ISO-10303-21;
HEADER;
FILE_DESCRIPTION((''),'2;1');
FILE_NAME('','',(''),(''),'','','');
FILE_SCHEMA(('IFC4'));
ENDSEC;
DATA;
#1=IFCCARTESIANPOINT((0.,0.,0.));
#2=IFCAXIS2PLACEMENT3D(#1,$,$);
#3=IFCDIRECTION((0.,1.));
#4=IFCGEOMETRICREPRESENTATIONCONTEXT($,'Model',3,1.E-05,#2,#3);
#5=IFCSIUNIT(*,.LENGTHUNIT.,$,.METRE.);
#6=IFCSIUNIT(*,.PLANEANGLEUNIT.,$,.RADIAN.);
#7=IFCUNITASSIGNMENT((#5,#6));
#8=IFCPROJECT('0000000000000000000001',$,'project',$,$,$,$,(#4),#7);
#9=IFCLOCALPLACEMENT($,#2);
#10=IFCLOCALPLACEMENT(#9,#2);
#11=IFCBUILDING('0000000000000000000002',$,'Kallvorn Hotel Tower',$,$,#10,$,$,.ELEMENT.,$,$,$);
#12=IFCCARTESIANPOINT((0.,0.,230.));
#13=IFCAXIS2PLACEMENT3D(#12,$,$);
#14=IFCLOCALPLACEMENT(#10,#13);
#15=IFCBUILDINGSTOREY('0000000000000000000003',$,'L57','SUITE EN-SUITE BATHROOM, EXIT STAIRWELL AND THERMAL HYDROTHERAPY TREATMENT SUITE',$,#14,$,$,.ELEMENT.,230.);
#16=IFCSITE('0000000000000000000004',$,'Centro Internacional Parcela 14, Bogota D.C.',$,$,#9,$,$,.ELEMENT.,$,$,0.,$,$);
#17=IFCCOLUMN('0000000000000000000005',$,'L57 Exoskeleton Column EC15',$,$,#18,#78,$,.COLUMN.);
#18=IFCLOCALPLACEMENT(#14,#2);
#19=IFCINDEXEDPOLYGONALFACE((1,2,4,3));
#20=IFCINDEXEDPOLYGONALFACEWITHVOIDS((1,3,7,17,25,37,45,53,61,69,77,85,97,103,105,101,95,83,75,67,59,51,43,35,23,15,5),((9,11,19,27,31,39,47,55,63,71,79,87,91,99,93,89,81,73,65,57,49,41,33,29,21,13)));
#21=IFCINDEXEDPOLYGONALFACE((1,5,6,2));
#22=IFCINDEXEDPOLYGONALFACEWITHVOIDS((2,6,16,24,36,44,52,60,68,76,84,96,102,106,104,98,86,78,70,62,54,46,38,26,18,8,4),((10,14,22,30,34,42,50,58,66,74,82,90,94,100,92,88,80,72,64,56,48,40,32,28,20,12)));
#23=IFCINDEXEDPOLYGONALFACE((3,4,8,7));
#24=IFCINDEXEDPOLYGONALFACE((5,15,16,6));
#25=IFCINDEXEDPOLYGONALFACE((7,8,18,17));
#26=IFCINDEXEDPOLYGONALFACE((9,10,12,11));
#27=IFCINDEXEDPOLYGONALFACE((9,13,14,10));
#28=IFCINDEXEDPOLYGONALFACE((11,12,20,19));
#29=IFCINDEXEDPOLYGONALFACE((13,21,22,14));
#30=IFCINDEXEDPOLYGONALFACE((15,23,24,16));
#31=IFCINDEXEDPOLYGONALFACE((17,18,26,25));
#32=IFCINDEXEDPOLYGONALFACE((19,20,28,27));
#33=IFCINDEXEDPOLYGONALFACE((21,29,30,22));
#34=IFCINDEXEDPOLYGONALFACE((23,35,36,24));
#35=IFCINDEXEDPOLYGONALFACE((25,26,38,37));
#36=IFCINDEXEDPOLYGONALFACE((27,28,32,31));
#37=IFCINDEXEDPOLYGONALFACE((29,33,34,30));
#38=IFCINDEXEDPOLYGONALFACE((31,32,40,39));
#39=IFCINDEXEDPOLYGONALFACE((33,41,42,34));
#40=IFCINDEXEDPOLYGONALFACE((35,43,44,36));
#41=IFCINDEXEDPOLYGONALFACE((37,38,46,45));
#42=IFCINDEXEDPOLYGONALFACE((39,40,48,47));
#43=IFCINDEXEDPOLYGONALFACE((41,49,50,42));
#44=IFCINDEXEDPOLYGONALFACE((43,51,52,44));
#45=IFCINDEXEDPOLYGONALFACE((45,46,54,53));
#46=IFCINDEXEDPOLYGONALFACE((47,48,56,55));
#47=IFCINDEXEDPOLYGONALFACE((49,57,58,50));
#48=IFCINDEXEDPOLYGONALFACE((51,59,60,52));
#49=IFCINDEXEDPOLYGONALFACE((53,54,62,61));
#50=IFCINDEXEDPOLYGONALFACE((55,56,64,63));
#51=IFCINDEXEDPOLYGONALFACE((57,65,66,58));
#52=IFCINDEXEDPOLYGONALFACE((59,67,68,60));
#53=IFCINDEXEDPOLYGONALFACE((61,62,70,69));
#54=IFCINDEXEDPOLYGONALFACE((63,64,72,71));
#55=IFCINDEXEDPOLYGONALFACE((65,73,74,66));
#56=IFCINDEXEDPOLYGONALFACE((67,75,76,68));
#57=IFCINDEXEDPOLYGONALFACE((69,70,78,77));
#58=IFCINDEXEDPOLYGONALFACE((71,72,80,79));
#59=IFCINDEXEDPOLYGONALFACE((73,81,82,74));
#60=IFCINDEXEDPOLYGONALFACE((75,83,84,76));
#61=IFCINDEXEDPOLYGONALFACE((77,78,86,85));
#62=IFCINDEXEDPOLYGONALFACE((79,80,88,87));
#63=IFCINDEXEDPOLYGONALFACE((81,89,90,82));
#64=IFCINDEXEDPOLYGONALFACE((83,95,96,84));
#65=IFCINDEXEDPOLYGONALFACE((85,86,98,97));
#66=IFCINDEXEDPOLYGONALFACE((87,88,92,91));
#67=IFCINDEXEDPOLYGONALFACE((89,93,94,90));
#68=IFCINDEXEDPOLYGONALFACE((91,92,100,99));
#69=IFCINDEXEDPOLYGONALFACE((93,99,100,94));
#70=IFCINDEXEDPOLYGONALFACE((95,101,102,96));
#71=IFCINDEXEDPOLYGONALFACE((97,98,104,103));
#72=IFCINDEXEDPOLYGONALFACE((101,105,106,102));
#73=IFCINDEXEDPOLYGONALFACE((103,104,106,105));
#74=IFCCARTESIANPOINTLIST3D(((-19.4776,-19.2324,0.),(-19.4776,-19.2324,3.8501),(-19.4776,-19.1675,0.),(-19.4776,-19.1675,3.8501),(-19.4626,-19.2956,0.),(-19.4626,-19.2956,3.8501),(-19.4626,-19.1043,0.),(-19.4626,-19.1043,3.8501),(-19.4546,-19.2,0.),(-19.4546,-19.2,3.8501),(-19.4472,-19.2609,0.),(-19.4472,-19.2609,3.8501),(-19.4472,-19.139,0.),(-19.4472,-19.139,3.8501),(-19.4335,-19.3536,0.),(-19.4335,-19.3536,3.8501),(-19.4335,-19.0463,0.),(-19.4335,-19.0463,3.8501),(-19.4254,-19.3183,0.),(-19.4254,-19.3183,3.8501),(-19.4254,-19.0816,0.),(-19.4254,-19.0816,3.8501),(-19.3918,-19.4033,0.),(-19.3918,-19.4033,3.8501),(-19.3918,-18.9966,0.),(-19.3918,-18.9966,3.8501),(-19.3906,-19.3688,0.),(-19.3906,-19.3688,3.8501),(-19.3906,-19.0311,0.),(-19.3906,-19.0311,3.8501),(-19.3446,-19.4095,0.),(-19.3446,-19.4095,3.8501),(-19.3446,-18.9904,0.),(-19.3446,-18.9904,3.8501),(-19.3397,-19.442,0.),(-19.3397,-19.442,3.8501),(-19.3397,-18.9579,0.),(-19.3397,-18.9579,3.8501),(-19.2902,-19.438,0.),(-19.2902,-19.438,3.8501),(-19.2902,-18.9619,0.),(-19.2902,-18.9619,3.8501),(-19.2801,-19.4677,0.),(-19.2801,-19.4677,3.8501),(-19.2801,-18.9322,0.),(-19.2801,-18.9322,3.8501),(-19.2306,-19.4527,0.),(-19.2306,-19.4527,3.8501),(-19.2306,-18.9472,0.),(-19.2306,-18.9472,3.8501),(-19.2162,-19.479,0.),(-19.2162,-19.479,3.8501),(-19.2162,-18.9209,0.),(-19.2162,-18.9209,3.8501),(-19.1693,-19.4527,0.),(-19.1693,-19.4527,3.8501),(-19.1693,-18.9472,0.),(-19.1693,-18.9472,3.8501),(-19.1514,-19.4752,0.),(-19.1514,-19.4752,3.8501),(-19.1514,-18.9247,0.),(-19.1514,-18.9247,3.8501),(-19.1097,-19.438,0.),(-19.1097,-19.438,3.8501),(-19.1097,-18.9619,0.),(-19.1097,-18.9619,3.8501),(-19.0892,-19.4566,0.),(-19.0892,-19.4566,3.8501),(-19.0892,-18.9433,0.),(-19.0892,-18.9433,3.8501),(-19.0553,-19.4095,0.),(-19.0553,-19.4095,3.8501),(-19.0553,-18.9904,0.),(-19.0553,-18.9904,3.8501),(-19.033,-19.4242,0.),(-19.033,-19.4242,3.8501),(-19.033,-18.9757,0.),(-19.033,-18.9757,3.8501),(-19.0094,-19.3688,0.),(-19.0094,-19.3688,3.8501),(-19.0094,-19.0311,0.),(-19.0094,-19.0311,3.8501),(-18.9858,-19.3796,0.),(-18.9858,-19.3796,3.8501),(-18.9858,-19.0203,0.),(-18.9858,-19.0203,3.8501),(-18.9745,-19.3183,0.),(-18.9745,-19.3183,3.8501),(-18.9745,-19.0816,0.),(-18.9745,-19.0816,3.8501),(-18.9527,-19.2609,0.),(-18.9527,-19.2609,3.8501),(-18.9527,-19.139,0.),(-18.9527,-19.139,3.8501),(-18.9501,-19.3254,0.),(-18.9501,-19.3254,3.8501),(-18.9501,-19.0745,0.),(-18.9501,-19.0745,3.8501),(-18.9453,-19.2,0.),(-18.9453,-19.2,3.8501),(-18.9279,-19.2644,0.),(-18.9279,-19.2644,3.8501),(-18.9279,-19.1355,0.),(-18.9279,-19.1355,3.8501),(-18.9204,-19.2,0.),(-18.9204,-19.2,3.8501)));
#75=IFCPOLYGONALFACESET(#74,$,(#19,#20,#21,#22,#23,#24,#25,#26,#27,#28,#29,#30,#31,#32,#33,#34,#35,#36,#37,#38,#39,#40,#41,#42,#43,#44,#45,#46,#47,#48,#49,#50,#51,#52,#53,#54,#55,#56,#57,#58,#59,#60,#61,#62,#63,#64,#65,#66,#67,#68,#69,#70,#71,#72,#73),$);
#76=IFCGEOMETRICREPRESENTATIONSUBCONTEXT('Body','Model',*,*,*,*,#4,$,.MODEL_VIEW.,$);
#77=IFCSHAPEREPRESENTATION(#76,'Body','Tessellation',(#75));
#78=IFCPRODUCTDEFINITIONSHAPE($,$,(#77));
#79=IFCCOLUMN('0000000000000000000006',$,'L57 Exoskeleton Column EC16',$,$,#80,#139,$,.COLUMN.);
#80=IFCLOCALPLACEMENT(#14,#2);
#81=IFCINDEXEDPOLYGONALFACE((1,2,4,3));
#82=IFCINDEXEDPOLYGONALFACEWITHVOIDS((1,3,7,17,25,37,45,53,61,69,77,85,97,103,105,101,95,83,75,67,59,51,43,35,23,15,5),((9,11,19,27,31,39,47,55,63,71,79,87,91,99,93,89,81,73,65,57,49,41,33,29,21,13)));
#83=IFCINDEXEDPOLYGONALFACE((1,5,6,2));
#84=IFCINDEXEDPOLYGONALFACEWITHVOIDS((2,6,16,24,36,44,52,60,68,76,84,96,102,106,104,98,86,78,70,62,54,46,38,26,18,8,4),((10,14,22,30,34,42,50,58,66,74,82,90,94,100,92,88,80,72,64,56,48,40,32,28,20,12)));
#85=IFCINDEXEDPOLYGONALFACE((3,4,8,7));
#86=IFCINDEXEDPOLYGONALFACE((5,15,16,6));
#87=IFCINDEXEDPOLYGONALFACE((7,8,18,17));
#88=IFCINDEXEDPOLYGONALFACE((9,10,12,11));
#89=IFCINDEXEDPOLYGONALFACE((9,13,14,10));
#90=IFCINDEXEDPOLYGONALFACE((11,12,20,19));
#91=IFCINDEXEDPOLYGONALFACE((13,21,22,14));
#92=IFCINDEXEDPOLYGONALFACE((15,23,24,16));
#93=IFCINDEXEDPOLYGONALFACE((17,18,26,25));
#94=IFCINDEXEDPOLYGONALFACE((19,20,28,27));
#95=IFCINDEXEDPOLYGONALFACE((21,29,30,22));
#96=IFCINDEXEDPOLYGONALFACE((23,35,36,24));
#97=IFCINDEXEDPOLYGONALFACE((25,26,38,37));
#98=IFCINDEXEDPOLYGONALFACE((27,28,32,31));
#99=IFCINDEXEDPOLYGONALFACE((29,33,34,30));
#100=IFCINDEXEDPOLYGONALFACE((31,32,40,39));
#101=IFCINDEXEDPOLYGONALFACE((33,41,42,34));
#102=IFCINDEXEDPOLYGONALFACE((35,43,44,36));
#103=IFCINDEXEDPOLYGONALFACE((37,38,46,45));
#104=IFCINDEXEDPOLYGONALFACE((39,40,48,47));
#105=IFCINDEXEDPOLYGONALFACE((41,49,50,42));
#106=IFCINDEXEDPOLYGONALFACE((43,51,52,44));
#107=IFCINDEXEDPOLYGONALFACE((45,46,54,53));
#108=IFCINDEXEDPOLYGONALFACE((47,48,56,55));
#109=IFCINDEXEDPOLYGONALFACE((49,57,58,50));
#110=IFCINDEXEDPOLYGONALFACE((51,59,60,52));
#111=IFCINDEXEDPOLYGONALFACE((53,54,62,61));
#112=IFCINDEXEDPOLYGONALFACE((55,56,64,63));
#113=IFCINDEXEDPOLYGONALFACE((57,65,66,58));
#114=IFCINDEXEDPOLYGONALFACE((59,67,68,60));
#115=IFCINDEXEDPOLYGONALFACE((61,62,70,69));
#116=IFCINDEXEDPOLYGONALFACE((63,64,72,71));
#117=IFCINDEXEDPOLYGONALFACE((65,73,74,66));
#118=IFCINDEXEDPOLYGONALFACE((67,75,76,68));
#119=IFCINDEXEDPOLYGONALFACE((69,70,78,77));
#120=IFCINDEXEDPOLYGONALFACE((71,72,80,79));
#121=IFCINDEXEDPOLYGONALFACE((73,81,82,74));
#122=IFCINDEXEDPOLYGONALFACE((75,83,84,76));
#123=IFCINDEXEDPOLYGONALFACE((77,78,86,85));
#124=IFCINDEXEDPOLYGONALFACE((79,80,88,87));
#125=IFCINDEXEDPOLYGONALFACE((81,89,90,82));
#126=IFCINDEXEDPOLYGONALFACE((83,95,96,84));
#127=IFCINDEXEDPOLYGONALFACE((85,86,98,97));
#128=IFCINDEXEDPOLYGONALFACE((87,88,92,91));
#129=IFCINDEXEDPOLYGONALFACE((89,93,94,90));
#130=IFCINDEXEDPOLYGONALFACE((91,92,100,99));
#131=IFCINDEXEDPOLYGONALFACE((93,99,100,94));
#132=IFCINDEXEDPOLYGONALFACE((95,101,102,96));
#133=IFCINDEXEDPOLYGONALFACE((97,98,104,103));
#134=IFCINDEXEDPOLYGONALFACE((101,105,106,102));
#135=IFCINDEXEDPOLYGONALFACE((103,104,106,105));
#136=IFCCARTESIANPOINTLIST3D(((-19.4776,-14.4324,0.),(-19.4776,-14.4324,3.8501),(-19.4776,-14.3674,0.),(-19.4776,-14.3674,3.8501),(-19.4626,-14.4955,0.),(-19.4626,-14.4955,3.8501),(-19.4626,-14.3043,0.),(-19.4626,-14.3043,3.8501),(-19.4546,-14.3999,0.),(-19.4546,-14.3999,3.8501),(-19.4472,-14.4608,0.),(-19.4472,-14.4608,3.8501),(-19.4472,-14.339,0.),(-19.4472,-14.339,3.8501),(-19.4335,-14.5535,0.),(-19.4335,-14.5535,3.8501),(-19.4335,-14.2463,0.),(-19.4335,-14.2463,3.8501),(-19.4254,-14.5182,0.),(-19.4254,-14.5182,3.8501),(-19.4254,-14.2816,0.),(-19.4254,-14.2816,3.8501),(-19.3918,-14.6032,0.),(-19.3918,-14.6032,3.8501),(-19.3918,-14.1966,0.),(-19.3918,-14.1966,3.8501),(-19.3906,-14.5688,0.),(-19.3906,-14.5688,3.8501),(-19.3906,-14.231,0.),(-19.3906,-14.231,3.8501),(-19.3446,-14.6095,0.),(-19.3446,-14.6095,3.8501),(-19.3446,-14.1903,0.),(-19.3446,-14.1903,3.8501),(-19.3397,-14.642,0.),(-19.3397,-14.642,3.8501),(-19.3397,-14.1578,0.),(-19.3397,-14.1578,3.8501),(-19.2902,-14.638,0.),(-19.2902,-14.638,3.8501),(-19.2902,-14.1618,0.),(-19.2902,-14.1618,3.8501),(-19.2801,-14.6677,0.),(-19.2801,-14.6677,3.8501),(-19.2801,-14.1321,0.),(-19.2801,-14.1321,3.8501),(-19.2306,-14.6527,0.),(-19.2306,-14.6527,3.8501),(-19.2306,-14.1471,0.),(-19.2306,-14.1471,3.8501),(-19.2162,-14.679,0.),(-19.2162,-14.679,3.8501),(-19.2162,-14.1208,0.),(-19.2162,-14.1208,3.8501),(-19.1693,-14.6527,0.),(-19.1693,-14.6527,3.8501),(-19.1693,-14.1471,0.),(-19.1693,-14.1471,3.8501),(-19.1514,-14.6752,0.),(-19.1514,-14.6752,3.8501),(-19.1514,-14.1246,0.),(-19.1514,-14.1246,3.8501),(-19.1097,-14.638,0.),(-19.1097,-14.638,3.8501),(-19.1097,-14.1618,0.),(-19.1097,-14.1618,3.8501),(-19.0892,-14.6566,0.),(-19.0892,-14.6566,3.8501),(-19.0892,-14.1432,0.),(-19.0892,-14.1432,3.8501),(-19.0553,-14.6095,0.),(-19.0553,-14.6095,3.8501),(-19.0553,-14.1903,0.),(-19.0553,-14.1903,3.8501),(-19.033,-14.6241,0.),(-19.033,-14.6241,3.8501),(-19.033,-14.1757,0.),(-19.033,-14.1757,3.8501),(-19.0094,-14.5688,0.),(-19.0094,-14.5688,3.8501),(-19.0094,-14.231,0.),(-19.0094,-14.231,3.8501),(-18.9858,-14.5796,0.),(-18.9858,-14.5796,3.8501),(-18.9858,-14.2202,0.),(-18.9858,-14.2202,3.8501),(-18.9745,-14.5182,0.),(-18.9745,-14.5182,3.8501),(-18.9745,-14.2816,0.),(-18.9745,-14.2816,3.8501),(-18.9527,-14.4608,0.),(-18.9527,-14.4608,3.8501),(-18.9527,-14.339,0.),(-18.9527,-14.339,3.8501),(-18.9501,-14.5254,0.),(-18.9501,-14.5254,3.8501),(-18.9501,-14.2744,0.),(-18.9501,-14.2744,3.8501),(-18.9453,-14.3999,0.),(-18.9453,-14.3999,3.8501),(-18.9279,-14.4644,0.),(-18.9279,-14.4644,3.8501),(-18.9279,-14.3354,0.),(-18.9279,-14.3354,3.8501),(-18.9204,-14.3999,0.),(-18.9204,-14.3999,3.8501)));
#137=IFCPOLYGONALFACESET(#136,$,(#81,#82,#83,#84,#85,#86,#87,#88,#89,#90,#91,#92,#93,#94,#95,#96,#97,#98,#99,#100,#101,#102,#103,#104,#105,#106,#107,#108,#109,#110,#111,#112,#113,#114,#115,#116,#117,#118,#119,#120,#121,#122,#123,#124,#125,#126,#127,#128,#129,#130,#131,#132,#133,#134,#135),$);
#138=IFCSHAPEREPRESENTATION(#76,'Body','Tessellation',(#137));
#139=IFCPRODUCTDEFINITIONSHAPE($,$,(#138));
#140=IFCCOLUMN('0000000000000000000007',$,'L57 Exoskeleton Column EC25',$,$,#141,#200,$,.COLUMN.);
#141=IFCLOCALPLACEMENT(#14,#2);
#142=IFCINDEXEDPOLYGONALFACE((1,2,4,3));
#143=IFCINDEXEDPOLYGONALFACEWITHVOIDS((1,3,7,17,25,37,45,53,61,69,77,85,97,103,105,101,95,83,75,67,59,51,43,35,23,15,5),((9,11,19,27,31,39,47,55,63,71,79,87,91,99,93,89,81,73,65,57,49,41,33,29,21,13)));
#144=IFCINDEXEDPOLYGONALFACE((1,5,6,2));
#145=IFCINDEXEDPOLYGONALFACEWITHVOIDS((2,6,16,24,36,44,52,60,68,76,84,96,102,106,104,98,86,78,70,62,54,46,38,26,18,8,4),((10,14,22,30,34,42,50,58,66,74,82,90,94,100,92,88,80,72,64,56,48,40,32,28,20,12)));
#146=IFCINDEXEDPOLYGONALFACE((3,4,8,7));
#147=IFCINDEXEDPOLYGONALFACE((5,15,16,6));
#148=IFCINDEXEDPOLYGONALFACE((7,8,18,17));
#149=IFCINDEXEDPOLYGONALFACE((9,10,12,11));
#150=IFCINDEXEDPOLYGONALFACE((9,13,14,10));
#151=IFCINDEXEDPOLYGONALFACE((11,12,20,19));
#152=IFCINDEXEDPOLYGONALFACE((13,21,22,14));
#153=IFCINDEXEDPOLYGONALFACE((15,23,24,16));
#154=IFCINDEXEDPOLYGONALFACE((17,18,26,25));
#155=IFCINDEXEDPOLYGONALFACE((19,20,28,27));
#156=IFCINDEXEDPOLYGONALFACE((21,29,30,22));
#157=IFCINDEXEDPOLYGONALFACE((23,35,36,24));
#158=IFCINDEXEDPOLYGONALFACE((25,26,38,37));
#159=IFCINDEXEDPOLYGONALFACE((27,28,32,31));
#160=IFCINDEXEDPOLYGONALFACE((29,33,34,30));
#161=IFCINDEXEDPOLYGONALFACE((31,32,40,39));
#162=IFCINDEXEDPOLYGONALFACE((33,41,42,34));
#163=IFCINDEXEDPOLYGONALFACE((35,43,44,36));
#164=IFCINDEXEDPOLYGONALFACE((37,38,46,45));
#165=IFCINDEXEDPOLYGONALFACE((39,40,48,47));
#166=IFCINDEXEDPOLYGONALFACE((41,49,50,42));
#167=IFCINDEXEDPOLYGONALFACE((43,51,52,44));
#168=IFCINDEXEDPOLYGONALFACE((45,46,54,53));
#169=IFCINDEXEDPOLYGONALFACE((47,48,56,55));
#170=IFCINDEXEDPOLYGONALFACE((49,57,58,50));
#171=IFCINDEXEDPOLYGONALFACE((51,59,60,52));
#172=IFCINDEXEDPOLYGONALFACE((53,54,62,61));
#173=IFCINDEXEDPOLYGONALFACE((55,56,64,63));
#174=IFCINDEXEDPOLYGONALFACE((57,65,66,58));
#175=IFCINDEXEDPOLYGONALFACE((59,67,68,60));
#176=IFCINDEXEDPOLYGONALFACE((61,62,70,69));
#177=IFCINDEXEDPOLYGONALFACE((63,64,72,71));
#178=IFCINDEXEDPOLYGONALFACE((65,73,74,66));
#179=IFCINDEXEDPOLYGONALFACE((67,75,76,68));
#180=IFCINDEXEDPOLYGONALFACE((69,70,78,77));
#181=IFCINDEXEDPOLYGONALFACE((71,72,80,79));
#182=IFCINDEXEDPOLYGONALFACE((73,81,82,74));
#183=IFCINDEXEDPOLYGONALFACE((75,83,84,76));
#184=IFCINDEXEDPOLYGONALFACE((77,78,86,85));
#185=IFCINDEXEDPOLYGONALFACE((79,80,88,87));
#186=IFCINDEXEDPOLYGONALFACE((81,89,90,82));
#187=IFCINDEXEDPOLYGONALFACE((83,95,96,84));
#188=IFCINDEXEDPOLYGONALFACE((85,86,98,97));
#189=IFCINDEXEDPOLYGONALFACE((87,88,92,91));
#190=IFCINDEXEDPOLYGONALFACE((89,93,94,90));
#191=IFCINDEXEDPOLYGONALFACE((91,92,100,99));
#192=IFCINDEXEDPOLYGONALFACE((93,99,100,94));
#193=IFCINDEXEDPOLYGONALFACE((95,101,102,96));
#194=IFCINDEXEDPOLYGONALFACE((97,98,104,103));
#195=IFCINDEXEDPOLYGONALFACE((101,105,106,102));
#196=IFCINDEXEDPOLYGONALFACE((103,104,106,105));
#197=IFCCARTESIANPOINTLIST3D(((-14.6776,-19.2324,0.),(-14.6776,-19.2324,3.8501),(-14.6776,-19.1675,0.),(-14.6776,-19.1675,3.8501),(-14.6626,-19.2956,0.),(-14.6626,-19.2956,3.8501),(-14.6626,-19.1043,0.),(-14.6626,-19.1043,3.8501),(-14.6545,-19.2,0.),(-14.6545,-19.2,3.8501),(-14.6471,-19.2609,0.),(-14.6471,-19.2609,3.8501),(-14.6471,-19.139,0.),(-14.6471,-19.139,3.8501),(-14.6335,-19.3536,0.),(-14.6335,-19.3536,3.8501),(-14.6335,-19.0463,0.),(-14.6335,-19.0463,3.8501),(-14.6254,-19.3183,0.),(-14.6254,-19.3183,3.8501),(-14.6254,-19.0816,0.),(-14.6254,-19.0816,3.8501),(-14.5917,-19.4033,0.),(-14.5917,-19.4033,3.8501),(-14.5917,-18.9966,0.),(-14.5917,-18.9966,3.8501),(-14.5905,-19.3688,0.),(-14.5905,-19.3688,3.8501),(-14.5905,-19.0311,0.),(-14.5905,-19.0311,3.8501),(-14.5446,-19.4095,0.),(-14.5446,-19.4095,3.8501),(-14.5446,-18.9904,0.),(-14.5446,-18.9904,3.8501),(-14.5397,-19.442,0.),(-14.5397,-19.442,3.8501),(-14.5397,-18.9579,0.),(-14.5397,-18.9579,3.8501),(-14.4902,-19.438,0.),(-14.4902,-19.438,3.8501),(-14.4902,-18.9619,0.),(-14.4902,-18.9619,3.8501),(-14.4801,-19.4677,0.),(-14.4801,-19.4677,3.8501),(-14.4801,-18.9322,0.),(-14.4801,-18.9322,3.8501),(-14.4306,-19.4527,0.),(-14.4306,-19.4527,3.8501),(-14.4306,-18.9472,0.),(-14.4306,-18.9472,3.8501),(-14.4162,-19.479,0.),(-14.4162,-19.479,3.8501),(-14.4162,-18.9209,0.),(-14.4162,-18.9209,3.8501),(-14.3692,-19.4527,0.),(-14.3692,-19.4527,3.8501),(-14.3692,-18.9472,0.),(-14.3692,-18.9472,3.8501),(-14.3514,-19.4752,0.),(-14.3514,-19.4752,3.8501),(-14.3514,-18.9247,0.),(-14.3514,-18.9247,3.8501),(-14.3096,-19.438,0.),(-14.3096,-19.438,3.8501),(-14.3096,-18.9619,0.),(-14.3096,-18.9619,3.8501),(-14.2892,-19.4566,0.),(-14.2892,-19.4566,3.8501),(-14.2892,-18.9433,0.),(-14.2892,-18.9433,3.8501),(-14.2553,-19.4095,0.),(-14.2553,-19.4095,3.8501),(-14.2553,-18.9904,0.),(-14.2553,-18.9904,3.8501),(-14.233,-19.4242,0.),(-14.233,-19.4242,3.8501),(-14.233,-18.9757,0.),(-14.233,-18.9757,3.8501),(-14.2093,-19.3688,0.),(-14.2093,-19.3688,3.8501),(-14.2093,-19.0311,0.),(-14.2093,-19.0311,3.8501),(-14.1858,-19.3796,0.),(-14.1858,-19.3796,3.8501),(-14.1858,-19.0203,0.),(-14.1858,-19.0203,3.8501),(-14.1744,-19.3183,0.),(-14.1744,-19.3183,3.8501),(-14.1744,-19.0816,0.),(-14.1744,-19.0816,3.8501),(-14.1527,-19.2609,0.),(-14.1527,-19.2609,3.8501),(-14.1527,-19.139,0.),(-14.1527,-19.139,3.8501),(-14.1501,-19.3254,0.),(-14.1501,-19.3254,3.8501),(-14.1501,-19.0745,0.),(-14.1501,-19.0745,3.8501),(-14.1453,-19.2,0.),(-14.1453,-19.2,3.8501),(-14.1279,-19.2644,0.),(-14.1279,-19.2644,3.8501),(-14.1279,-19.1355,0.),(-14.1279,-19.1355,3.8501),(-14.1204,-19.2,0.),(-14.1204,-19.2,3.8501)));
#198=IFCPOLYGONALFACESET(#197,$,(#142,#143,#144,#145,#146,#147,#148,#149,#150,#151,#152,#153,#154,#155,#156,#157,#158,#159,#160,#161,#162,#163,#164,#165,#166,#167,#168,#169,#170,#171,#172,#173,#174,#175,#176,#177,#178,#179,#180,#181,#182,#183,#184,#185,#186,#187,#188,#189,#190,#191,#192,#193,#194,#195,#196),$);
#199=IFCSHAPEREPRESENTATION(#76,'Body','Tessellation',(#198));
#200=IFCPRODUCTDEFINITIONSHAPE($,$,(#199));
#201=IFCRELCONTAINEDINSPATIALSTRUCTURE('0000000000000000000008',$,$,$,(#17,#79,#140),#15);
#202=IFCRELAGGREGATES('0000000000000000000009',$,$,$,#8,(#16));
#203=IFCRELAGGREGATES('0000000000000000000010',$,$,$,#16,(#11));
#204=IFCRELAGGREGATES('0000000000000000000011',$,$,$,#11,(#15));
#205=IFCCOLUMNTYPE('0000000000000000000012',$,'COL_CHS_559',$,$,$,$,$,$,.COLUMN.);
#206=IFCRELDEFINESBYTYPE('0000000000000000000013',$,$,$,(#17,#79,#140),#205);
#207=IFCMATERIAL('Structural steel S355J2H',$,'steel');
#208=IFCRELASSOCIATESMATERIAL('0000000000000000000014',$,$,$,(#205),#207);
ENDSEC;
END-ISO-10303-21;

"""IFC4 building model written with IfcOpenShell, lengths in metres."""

from ifc_helpers import new_model, si_unit, direction, frame, origin, origin_2d, place, context, subcontext, project, spatial, hollow_circle, extrude, material, material_profile, profile_set, type_object, element, save


model = new_model("IFC4")

# Units and contexts
model_context = context("Model", 3, precision=1e-05, world=origin(), true_north=direction((0.0, 1.0)))
body_context = subcontext(model_context, "Body", "Model", "MODEL_VIEW")
ifc_project = project(units=[si_unit("LENGTHUNIT", "METRE"), si_unit("PLANEANGLEUNIT", "RADIAN")], contexts=[model_context])

# Site, building, storey
site_placement = place(None, origin())
site = spatial("IfcSite", under=ifc_project, at=site_placement, Name="Centro Internacional Parcela 14, Bogota D.C.", CompositionType="ELEMENT", RefElevation=0.0)
building_placement = place(site_placement, origin())
building = spatial("IfcBuilding", under=site, at=building_placement, Name="Kallvorn Hotel Tower", CompositionType="ELEMENT")
storey_placement = place(building_placement, frame((0.0, 0.0, 230.0)))
storey = spatial("IfcBuildingStorey", under=building, at=storey_placement, Name="L57", Description="SUITE EN-SUITE BATHROOM, EXIT STAIRWELL AND THERMAL HYDROTHERAPY TREATMENT SUITE", CompositionType="ELEMENT", Elevation=230.0)

# Columns
ifc_material_1 = material(Name="Structural steel S355J2H", Category="steel")
ifc_material_profile_1 = material_profile(ifc_material_1, hollow_circle(Radius=0.2795, WallThickness=0.0249, at=origin_2d()), Name="CHS 559x25")
ifc_profile_set_1 = profile_set([ifc_material_profile_1], Name="Structural steel S355J2H")
column_type_1 = type_object("IfcColumnType", Name="COL_CHS_559", PredefinedType="COLUMN", material=ifc_profile_set_1)
for number, where, z_axis, x_axis, name in (
    (1, (-19.2, -19.2, 0.0), (0.0, 0.0, 1.0), (1.0, 0.0, 0.0), "L57 Exoskeleton Column EC15"),
    (2, (-19.2, -14.3999, 0.0), (0.0, 0.0, 1.0), (1.0, 0.0, 0.0), "L57 Exoskeleton Column EC16"),
    (3, (-14.3999, -19.2, 0.0), (0.0, 0.0, 1.0), (1.0, 0.0, 0.0), "L57 Exoskeleton Column EC25"),
):
    element("IfcColumn", number, at=place(storey_placement, frame(where, z_axis=z_axis, x_axis=x_axis)), inside=storey, type_object=column_type_1, Name=name, PredefinedType="COLUMN", context=body_context, shape_type="SweptSolid", body=[
        extrude(hollow_circle(Radius=0.2795, WallThickness=0.0249, at=origin_2d()), origin(), (0.0, 0.0, 1.0), 3.8501),
    ])

save(model, "model.ifc")
